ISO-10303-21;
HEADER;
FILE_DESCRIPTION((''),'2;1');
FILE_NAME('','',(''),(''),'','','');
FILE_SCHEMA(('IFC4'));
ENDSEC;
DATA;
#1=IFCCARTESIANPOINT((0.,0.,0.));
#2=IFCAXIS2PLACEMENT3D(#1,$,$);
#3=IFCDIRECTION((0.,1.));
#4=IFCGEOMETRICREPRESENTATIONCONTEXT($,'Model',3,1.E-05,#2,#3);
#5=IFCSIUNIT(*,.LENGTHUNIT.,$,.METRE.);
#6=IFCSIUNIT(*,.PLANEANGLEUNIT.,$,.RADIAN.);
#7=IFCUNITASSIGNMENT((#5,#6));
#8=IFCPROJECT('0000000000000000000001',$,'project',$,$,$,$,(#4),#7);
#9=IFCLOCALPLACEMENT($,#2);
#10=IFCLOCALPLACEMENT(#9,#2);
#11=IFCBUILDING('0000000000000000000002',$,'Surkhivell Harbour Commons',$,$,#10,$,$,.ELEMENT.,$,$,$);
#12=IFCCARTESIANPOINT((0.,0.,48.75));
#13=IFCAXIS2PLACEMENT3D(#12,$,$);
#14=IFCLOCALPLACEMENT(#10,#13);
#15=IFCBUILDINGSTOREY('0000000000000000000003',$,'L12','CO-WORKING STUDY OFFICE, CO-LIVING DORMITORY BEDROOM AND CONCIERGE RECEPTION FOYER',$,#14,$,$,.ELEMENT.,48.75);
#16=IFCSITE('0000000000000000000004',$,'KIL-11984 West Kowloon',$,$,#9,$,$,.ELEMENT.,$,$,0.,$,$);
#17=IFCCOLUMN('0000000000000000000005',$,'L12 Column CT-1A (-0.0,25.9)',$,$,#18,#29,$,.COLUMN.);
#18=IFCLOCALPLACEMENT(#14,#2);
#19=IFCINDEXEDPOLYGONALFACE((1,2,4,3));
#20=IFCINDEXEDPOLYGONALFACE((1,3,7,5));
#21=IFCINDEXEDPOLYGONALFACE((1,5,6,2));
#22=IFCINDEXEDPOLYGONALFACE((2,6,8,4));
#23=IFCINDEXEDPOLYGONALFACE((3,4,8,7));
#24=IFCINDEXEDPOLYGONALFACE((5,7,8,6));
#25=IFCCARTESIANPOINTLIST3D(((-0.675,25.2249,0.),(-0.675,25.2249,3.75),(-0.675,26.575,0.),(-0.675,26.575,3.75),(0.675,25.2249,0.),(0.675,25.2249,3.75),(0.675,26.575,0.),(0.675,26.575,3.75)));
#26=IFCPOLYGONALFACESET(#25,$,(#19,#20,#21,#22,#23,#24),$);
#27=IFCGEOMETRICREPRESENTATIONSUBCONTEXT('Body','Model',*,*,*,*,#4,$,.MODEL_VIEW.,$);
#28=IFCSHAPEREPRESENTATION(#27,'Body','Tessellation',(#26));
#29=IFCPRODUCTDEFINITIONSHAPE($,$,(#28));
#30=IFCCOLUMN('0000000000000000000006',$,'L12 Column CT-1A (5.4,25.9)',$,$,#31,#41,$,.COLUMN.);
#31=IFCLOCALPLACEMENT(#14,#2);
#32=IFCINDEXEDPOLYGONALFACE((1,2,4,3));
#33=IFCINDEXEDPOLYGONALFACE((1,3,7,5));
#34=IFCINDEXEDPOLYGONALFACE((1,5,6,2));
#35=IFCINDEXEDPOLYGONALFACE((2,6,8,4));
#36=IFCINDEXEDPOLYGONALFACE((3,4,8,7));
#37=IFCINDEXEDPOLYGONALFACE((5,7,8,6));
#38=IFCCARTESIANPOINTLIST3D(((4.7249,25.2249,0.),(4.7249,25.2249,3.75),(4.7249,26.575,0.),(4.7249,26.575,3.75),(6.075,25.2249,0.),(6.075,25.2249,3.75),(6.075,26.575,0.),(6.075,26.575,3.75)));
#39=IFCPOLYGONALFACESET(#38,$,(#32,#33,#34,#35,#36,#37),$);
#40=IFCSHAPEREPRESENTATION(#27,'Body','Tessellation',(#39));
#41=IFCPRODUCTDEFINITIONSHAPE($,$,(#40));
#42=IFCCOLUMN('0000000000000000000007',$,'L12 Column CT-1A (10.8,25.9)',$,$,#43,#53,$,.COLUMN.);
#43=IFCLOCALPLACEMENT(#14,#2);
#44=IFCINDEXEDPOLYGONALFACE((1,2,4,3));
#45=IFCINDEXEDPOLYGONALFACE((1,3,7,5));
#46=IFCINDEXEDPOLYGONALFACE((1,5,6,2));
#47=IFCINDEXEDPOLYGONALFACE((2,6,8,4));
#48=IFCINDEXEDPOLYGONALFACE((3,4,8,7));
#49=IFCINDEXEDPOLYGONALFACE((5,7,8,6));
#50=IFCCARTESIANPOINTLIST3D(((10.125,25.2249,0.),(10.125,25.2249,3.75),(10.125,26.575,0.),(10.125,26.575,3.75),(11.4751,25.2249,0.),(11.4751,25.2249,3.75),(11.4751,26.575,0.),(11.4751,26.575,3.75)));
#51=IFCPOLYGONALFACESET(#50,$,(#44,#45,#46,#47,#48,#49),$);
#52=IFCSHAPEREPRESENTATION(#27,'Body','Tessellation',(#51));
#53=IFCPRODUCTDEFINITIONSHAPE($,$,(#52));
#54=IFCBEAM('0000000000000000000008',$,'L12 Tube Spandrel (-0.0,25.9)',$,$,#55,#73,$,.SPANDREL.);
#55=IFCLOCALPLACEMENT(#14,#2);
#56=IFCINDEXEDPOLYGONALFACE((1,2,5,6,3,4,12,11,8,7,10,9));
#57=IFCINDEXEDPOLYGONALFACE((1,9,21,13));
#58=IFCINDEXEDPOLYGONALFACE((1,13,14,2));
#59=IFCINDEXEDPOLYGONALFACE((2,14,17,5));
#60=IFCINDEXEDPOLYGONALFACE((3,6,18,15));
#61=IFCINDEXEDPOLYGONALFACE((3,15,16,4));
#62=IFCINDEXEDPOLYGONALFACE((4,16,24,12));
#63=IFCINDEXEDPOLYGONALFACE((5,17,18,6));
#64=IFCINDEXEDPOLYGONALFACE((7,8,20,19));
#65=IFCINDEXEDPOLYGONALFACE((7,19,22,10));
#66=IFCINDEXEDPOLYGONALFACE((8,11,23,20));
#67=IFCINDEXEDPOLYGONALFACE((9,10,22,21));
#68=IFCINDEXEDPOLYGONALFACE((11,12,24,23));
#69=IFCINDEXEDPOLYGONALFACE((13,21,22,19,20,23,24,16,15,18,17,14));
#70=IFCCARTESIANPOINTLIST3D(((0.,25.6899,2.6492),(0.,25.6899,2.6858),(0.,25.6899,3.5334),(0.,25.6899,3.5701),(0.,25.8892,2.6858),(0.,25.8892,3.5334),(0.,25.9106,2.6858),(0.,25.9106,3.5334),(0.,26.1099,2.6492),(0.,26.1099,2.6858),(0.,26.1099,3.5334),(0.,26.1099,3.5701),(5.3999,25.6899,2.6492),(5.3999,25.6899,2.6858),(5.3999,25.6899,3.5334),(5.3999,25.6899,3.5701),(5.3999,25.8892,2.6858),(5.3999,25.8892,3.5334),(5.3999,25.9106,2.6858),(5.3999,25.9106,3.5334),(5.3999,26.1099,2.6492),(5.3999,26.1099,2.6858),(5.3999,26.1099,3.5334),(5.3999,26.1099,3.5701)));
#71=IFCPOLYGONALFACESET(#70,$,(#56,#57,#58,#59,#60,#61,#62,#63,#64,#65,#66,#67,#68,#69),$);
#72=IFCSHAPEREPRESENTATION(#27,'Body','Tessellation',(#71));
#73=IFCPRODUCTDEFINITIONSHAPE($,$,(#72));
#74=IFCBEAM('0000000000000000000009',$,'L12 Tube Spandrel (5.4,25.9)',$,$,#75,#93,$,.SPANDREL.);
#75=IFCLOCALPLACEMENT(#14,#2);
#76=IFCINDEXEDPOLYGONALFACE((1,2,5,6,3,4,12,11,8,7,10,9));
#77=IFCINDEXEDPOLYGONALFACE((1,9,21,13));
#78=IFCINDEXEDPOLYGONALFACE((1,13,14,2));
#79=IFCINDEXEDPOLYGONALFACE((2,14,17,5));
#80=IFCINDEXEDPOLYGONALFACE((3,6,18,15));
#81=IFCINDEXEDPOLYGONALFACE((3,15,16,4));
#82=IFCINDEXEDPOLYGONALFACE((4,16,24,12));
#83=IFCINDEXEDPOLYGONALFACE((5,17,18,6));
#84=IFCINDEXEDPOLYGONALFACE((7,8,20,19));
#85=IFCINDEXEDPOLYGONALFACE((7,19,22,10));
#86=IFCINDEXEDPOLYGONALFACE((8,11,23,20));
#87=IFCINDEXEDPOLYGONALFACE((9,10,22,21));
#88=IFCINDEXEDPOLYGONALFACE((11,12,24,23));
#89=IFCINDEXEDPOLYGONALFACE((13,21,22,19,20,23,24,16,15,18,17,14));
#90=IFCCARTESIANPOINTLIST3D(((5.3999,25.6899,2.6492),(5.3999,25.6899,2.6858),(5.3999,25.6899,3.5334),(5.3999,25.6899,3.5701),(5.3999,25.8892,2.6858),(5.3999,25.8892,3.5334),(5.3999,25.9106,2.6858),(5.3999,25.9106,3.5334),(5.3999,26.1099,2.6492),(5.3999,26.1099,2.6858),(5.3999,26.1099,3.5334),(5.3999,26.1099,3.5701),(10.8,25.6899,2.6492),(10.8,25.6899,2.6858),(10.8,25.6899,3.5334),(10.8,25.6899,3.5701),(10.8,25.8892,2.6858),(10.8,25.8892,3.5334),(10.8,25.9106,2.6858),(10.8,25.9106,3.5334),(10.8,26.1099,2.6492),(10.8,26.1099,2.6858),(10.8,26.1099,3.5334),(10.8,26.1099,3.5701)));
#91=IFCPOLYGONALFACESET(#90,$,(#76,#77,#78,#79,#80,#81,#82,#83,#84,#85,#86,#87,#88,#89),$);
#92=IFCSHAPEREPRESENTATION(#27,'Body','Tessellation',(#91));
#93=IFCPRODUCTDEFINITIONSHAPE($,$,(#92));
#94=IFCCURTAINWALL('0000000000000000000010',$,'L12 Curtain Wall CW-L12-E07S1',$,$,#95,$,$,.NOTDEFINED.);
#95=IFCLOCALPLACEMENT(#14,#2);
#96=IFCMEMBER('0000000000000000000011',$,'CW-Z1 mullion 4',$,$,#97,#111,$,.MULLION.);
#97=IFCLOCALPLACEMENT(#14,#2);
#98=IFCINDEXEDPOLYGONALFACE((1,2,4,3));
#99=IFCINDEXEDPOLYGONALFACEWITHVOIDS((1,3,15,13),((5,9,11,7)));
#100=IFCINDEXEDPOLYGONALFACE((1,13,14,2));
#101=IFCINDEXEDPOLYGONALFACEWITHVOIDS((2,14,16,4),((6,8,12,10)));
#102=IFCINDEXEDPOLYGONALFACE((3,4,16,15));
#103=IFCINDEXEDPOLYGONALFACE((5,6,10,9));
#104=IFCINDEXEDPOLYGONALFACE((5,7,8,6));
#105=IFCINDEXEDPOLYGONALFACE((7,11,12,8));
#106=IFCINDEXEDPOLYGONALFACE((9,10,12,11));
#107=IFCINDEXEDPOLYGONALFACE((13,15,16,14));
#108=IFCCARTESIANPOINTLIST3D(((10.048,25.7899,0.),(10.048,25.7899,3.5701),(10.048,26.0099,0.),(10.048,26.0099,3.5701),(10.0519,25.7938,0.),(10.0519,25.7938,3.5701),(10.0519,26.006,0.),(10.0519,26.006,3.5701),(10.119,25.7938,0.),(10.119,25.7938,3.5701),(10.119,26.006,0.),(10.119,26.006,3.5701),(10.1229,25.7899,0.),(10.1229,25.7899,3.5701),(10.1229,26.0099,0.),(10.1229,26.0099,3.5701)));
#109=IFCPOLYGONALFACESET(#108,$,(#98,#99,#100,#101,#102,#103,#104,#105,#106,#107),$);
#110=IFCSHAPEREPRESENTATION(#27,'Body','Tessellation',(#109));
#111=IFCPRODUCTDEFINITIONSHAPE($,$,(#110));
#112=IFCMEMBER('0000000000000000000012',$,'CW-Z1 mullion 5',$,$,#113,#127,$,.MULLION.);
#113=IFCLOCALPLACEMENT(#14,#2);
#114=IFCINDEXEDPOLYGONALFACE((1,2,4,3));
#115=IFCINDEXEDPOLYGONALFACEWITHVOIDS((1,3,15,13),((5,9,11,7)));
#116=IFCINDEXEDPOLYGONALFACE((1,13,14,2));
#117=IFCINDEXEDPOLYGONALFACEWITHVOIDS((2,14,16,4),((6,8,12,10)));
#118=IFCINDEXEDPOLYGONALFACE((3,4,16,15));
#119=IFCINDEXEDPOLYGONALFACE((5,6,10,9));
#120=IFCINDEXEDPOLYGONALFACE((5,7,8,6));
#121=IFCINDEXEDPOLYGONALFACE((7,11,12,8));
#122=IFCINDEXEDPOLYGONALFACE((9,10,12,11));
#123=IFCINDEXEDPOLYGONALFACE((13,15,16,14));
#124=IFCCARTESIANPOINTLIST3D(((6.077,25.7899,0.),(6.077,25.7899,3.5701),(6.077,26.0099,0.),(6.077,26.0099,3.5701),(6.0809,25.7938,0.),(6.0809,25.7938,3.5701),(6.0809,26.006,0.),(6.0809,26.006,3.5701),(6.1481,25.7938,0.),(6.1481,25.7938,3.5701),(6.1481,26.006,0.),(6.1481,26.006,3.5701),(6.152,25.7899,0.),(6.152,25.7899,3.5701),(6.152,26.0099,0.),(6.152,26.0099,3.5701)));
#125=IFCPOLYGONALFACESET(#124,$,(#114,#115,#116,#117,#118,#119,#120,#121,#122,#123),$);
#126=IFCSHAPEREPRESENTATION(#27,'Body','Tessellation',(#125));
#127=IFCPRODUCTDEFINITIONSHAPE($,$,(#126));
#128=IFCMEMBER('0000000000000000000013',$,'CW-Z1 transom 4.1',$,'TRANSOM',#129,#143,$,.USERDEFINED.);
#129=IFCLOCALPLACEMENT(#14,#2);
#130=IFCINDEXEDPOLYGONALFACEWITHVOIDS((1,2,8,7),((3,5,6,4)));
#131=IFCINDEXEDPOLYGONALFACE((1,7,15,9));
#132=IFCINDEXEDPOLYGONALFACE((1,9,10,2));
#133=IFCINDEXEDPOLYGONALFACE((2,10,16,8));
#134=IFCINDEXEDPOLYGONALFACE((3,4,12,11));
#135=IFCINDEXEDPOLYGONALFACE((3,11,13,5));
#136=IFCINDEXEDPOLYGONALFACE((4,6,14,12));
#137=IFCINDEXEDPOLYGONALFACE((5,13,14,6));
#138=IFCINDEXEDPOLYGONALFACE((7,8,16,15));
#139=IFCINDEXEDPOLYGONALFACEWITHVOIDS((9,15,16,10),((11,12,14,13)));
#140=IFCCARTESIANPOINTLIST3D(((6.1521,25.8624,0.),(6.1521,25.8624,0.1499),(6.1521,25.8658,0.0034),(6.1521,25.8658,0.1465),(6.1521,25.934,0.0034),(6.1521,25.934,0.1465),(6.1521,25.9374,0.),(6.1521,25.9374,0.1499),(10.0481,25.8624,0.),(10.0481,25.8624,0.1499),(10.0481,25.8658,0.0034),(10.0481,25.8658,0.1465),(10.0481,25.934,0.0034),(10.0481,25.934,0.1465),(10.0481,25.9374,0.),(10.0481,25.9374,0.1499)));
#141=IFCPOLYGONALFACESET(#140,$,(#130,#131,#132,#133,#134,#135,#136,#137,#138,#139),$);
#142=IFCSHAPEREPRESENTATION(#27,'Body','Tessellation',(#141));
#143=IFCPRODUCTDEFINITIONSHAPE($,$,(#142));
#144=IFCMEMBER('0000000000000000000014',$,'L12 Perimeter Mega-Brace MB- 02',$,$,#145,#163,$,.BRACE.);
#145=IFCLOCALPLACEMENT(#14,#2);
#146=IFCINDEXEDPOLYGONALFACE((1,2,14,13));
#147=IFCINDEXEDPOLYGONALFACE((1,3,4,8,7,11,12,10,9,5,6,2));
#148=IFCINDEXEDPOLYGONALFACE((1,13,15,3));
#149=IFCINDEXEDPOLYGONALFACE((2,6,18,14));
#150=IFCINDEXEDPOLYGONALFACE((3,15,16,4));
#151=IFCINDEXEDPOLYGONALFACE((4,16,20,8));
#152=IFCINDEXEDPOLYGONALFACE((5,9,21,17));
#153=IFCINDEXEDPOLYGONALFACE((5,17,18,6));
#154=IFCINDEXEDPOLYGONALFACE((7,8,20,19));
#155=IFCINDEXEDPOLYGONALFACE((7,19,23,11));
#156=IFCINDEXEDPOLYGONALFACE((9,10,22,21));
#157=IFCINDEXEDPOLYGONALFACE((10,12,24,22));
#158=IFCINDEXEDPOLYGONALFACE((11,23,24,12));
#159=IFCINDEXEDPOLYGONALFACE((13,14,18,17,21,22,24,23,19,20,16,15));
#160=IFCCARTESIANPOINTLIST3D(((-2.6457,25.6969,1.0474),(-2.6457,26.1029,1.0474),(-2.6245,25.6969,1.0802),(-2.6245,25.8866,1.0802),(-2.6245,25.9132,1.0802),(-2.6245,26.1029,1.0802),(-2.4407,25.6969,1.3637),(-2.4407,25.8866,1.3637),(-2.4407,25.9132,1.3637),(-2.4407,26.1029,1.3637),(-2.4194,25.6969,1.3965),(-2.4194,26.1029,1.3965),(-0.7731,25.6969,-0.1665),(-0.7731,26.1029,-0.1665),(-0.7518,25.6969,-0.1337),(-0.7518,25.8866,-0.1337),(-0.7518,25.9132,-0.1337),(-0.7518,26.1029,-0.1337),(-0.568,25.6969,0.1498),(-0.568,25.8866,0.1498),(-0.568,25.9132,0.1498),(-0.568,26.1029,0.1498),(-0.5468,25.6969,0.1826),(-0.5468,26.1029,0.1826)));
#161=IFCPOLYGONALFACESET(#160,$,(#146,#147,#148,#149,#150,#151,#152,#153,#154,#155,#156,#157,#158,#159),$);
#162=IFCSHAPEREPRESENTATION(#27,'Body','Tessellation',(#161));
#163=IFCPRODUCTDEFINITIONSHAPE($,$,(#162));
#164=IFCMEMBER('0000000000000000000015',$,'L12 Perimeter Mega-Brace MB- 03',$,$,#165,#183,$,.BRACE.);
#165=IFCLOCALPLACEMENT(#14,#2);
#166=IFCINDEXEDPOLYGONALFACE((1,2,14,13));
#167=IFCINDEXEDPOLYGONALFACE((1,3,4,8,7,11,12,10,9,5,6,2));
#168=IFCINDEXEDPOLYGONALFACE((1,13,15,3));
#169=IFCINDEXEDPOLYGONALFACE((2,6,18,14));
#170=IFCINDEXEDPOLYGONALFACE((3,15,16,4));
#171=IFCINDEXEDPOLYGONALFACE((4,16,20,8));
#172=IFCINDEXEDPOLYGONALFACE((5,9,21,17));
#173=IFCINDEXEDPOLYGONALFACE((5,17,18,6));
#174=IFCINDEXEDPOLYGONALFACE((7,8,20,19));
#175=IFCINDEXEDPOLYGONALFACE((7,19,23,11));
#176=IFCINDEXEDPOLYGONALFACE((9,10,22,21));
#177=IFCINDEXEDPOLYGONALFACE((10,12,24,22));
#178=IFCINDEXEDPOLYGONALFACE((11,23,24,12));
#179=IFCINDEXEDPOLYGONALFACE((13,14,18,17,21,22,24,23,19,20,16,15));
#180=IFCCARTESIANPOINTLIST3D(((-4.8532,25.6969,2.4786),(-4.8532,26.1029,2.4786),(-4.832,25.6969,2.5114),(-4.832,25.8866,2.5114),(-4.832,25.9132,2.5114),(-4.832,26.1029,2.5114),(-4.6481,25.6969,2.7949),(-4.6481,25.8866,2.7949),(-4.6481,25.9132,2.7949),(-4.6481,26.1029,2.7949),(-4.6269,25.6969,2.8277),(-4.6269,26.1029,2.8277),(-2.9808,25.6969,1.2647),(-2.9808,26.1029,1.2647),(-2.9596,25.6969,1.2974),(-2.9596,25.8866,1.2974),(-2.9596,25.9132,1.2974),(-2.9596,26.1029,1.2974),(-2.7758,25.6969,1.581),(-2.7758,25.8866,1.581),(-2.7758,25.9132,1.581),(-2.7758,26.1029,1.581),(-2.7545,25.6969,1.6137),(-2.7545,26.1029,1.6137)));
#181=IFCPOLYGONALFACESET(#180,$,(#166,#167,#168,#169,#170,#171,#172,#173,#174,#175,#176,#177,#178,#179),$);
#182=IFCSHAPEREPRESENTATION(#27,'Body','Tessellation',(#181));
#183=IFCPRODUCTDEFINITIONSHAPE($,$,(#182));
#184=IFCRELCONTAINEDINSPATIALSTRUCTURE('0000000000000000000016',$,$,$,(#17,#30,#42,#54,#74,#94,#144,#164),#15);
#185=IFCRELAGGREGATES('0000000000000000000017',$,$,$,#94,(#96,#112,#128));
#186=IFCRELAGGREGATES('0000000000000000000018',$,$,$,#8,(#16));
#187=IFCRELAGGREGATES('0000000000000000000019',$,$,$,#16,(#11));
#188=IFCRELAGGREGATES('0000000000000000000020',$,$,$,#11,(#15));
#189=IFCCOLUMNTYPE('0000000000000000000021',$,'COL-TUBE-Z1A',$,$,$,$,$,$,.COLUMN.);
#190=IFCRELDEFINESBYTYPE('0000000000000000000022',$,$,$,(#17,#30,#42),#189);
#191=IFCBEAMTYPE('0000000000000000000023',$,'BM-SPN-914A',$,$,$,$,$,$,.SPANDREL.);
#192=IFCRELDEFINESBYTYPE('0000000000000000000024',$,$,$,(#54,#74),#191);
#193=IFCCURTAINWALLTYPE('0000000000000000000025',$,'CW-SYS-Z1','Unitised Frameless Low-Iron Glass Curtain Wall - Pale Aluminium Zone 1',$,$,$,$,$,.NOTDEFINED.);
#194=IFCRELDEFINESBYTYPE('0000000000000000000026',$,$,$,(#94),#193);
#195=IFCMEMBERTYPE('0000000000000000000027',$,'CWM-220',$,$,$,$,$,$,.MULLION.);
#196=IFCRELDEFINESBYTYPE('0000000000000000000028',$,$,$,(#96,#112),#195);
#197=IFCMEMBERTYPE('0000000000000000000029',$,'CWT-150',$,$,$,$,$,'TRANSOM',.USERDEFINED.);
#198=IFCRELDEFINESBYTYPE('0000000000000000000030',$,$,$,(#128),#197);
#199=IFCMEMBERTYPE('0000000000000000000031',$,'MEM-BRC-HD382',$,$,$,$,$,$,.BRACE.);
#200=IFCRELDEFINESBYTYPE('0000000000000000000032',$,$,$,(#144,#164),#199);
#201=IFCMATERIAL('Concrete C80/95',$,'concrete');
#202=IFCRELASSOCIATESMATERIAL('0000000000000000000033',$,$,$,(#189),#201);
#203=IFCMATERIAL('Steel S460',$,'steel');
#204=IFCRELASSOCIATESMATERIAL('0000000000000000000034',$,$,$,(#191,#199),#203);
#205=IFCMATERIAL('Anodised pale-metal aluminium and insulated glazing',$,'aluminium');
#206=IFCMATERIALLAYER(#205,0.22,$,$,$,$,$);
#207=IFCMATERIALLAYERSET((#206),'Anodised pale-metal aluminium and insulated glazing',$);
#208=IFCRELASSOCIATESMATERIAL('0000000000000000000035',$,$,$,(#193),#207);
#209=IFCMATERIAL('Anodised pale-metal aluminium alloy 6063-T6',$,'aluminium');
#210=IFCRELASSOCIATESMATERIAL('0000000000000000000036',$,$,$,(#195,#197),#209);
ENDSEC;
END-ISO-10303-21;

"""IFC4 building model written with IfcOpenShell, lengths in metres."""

from ifc_helpers import new_model, si_unit, direction, frame, origin, origin_2d, place, context, subcontext, project, spatial, rectangle, hollow_rectangle, i_section, extrude, material, layer, layer_set, material_profile, profile_set, type_object, element, aggregate, save


model = new_model("IFC4")

# Units and contexts
model_context = context("Model", 3, precision=1e-05, world=origin(), true_north=direction((0.0, 1.0)))
body_context = subcontext(model_context, "Body", "Model", "MODEL_VIEW")
ifc_project = project(units=[si_unit("LENGTHUNIT", "METRE"), si_unit("PLANEANGLEUNIT", "RADIAN")], contexts=[model_context])

# Site, building, storey
site_placement = place(None, origin())
site = spatial("IfcSite", under=ifc_project, at=site_placement, Name="KIL-11984 West Kowloon", CompositionType="ELEMENT", RefElevation=0.0)
building_placement = place(site_placement, origin())
building = spatial("IfcBuilding", under=site, at=building_placement, Name="Surkhivell Harbour Commons", CompositionType="ELEMENT")
storey_placement = place(building_placement, frame((0.0, 0.0, 48.75)))
storey = spatial("IfcBuildingStorey", under=building, at=storey_placement, Name="L12", Description="CO-WORKING STUDY OFFICE, CO-LIVING DORMITORY BEDROOM AND CONCIERGE RECEPTION FOYER", CompositionType="ELEMENT", Elevation=48.75)

# Columns
ifc_material_1 = material(Name="Concrete C80/95", Category="concrete")
ifc_material_profile_1 = material_profile(ifc_material_1, rectangle(XDim=1.3501, YDim=1.3501, at=origin_2d()), Name="RC-COL-1350x1350")
ifc_profile_set_1 = profile_set([ifc_material_profile_1], Name="Concrete C80/95")
column_type = type_object("IfcColumnType", Name="COL-TUBE-Z1A", PredefinedType="COLUMN", material=ifc_profile_set_1)
for number, where, z_axis, x_axis, name in (
    (1, (0.0, 25.8999, 0.0), (0.0, 0.0, 1.0), (1.0, 0.0, 0.0), "L12 Column CT-1A (-0.0,25.9)"),
    (2, (5.3999, 25.8999, 0.0), (0.0, 0.0, 1.0), (1.0, 0.0, 0.0), "L12 Column CT-1A (5.4,25.9)"),
    (3, (10.8, 25.8999, 0.0), (0.0, 0.0, 1.0), (1.0, 0.0, 0.0), "L12 Column CT-1A (10.8,25.9)"),
):
    element("IfcColumn", number, at=place(storey_placement, frame(where, z_axis=z_axis, x_axis=x_axis)), inside=storey, type_object=column_type, Name=name, PredefinedType="COLUMN", context=body_context, shape_type="SweptSolid", body=[
        extrude(rectangle(XDim=1.3501, YDim=1.3501, at=origin_2d()), origin(), (0.0, 0.0, 1.0), 3.75),
    ])

# Beams
ifc_material_2 = material(Name="Steel S460", Category="steel")
ifc_material_profile_2 = material_profile(ifc_material_2, i_section(OverallWidth=0.4199, OverallDepth=0.9209, WebThickness=0.0215, FlangeThickness=0.0366, at=origin_2d()), Name="UB914x419x388")
ifc_profile_set_2 = profile_set([ifc_material_profile_2], Name="Steel S460")
beam_type = type_object("IfcBeamType", Name="BM-SPN-914A", PredefinedType="SPANDREL", material=ifc_profile_set_2)
beam_1_placement = place(storey_placement, frame((0.0, 25.8999, 3.1096), z_axis=(1.0, 0.0, 0.0), x_axis=(0.0, 1.0, 0.0)))
element("IfcBeam", 4, at=beam_1_placement, inside=storey, type_object=beam_type, Name="L12 Tube Spandrel (-0.0,25.9)", PredefinedType="SPANDREL", context=body_context, shape_type="SweptSolid", body=[
    extrude(i_section(OverallWidth=0.4199, OverallDepth=0.9209, WebThickness=0.0215, FlangeThickness=0.0366, at=origin_2d()), origin(), (0.0, 0.0, 1.0), 5.3999),
])
beam_2_placement = place(storey_placement, frame((5.3999, 25.8999, 3.1096), z_axis=(1.0, 0.0, 0.0), x_axis=(0.0, 1.0, 0.0)))
element("IfcBeam", 5, at=beam_2_placement, inside=storey, type_object=beam_type, Name="L12 Tube Spandrel (5.4,25.9)", PredefinedType="SPANDREL", context=body_context, shape_type="SweptSolid", body=[
    extrude(i_section(OverallWidth=0.4199, OverallDepth=0.9209, WebThickness=0.0215, FlangeThickness=0.0366, at=origin_2d()), origin(), (0.0, 0.0, 1.0), 5.4001),
])

# Curtain wall, members
ifc_material_3 = material(Name="Anodised pale-metal aluminium and insulated glazing", Category="aluminium")
ifc_layer_1 = layer(ifc_material_3, 0.22)
ifc_layer_set_1 = layer_set([ifc_layer_1], Name="Anodised pale-metal aluminium and insulated glazing")
curtain_wall_type = type_object("IfcCurtainWallType", Name="CW-SYS-Z1", Description="Unitised Frameless Low-Iron Glass Curtain Wall - Pale Aluminium Zone 1", PredefinedType="NOTDEFINED", material=ifc_layer_set_1)
curtain_wall_placement = place(storey_placement, origin())
curtain_wall = element("IfcCurtainWall", 6, at=curtain_wall_placement, inside=storey, type_object=curtain_wall_type, Name="L12 Curtain Wall CW-L12-E07S1", PredefinedType="NOTDEFINED")
ifc_material_4 = material(Name="Anodised pale-metal aluminium alloy 6063-T6", Category="aluminium")
ifc_material_profile_3 = material_profile(ifc_material_4, hollow_rectangle(XDim=0.075, YDim=0.22, WallThickness=0.0039, at=origin_2d()), Name="ALU-MULL-75x220")
ifc_profile_set_3 = profile_set([ifc_material_profile_3], Name="Anodised pale-metal aluminium alloy 6063-T6")
member_type_1 = type_object("IfcMemberType", Name="CWM-220", PredefinedType="MULLION", material=ifc_profile_set_3)
member_1_placement = place(storey_placement, frame((10.0854, 25.8999, 0.0), z_axis=(0.0, 0.0, 1.0), x_axis=(-1.0, 0.0, 0.0)))
member_1 = element("IfcMember", 7, at=member_1_placement, type_object=member_type_1, Name="CW-Z1 mullion 4", PredefinedType="MULLION", context=body_context, shape_type="SweptSolid", body=[
    extrude(hollow_rectangle(XDim=0.075, YDim=0.22, WallThickness=0.0039, at=origin_2d()), origin(), (0.0, 0.0, 1.0), 3.5701),
])
member_2_placement = place(storey_placement, frame((6.1145, 25.8999, 0.0), z_axis=(0.0, 0.0, 1.0), x_axis=(-1.0, 0.0, 0.0)))
member_2 = element("IfcMember", 8, at=member_2_placement, type_object=member_type_1, Name="CW-Z1 mullion 5", PredefinedType="MULLION", context=body_context, shape_type="SweptSolid", body=[
    extrude(hollow_rectangle(XDim=0.075, YDim=0.22, WallThickness=0.0039, at=origin_2d()), origin(), (0.0, 0.0, 1.0), 3.5701),
])
ifc_material_profile_4 = material_profile(ifc_material_4, hollow_rectangle(XDim=0.075, YDim=0.1499, WallThickness=0.0034, at=origin_2d()), Name="ALU-TRAN-75x150")
ifc_profile_set_4 = profile_set([ifc_material_profile_4], Name="Anodised pale-metal aluminium alloy 6063-T6")
member_type_2 = type_object("IfcMemberType", Name="CWT-150", ElementType="TRANSOM", PredefinedType="USERDEFINED", material=ifc_profile_set_4)
member_3_placement = place(storey_placement, frame((10.0481, 25.8999, 0.075), z_axis=(-1.0, 0.0, 0.0), x_axis=(0.0, -1.0, 0.0)))
member_3 = element("IfcMember", 9, at=member_3_placement, type_object=member_type_2, Name="CW-Z1 transom 4.1", ObjectType="TRANSOM", PredefinedType="USERDEFINED", context=body_context, shape_type="SweptSolid", body=[
    extrude(hollow_rectangle(XDim=0.075, YDim=0.1499, WallThickness=0.0034, at=origin_2d()), origin(), (0.0, 0.0, 1.0), 3.896),
])

# Members
ifc_material_profile_5 = material_profile(ifc_material_2, i_section(OverallWidth=0.406, OverallDepth=0.416, WebThickness=0.0266, FlangeThickness=0.0391, at=origin_2d()), Name="HD400x382")
ifc_profile_set_5 = profile_set([ifc_material_profile_5], Name="Steel S460")
member_type_3 = type_object("IfcMemberType", Name="MEM-BRC-HD382", PredefinedType="BRACE", material=ifc_profile_set_5)
member_4_placement = place(storey_placement, frame((-0.6599, 25.8999, 0.0081), z_axis=(-0.839118, 0.0, 0.54395), x_axis=(0.0, -1.0, 0.0)))
element("IfcMember", 10, at=member_4_placement, inside=storey, type_object=member_type_3, Name="L12 Perimeter Mega-Brace MB- 02", PredefinedType="BRACE", context=body_context, shape_type="SweptSolid", body=[
    extrude(i_section(OverallWidth=0.406, OverallDepth=0.416, WebThickness=0.0266, FlangeThickness=0.0391, at=origin_2d()), origin(), (0.0, 0.0, 1.0), 2.2317),
])
member_5_placement = place(storey_placement, frame((-2.8677, 25.8999, 1.4392), z_axis=(-0.839085, 0.0, 0.544), x_axis=(0.0, -1.0, 0.0)))
element("IfcMember", 11, at=member_5_placement, inside=storey, type_object=member_type_3, Name="L12 Perimeter Mega-Brace MB- 03", PredefinedType="BRACE", context=body_context, shape_type="SweptSolid", body=[
    extrude(i_section(OverallWidth=0.406, OverallDepth=0.416, WebThickness=0.0266, FlangeThickness=0.0391, at=origin_2d()), origin(), (0.0, 0.0, 1.0), 2.2314),
])

aggregate(curtain_wall, [member_1, member_2, member_3])

save(model, "model.ifc")
